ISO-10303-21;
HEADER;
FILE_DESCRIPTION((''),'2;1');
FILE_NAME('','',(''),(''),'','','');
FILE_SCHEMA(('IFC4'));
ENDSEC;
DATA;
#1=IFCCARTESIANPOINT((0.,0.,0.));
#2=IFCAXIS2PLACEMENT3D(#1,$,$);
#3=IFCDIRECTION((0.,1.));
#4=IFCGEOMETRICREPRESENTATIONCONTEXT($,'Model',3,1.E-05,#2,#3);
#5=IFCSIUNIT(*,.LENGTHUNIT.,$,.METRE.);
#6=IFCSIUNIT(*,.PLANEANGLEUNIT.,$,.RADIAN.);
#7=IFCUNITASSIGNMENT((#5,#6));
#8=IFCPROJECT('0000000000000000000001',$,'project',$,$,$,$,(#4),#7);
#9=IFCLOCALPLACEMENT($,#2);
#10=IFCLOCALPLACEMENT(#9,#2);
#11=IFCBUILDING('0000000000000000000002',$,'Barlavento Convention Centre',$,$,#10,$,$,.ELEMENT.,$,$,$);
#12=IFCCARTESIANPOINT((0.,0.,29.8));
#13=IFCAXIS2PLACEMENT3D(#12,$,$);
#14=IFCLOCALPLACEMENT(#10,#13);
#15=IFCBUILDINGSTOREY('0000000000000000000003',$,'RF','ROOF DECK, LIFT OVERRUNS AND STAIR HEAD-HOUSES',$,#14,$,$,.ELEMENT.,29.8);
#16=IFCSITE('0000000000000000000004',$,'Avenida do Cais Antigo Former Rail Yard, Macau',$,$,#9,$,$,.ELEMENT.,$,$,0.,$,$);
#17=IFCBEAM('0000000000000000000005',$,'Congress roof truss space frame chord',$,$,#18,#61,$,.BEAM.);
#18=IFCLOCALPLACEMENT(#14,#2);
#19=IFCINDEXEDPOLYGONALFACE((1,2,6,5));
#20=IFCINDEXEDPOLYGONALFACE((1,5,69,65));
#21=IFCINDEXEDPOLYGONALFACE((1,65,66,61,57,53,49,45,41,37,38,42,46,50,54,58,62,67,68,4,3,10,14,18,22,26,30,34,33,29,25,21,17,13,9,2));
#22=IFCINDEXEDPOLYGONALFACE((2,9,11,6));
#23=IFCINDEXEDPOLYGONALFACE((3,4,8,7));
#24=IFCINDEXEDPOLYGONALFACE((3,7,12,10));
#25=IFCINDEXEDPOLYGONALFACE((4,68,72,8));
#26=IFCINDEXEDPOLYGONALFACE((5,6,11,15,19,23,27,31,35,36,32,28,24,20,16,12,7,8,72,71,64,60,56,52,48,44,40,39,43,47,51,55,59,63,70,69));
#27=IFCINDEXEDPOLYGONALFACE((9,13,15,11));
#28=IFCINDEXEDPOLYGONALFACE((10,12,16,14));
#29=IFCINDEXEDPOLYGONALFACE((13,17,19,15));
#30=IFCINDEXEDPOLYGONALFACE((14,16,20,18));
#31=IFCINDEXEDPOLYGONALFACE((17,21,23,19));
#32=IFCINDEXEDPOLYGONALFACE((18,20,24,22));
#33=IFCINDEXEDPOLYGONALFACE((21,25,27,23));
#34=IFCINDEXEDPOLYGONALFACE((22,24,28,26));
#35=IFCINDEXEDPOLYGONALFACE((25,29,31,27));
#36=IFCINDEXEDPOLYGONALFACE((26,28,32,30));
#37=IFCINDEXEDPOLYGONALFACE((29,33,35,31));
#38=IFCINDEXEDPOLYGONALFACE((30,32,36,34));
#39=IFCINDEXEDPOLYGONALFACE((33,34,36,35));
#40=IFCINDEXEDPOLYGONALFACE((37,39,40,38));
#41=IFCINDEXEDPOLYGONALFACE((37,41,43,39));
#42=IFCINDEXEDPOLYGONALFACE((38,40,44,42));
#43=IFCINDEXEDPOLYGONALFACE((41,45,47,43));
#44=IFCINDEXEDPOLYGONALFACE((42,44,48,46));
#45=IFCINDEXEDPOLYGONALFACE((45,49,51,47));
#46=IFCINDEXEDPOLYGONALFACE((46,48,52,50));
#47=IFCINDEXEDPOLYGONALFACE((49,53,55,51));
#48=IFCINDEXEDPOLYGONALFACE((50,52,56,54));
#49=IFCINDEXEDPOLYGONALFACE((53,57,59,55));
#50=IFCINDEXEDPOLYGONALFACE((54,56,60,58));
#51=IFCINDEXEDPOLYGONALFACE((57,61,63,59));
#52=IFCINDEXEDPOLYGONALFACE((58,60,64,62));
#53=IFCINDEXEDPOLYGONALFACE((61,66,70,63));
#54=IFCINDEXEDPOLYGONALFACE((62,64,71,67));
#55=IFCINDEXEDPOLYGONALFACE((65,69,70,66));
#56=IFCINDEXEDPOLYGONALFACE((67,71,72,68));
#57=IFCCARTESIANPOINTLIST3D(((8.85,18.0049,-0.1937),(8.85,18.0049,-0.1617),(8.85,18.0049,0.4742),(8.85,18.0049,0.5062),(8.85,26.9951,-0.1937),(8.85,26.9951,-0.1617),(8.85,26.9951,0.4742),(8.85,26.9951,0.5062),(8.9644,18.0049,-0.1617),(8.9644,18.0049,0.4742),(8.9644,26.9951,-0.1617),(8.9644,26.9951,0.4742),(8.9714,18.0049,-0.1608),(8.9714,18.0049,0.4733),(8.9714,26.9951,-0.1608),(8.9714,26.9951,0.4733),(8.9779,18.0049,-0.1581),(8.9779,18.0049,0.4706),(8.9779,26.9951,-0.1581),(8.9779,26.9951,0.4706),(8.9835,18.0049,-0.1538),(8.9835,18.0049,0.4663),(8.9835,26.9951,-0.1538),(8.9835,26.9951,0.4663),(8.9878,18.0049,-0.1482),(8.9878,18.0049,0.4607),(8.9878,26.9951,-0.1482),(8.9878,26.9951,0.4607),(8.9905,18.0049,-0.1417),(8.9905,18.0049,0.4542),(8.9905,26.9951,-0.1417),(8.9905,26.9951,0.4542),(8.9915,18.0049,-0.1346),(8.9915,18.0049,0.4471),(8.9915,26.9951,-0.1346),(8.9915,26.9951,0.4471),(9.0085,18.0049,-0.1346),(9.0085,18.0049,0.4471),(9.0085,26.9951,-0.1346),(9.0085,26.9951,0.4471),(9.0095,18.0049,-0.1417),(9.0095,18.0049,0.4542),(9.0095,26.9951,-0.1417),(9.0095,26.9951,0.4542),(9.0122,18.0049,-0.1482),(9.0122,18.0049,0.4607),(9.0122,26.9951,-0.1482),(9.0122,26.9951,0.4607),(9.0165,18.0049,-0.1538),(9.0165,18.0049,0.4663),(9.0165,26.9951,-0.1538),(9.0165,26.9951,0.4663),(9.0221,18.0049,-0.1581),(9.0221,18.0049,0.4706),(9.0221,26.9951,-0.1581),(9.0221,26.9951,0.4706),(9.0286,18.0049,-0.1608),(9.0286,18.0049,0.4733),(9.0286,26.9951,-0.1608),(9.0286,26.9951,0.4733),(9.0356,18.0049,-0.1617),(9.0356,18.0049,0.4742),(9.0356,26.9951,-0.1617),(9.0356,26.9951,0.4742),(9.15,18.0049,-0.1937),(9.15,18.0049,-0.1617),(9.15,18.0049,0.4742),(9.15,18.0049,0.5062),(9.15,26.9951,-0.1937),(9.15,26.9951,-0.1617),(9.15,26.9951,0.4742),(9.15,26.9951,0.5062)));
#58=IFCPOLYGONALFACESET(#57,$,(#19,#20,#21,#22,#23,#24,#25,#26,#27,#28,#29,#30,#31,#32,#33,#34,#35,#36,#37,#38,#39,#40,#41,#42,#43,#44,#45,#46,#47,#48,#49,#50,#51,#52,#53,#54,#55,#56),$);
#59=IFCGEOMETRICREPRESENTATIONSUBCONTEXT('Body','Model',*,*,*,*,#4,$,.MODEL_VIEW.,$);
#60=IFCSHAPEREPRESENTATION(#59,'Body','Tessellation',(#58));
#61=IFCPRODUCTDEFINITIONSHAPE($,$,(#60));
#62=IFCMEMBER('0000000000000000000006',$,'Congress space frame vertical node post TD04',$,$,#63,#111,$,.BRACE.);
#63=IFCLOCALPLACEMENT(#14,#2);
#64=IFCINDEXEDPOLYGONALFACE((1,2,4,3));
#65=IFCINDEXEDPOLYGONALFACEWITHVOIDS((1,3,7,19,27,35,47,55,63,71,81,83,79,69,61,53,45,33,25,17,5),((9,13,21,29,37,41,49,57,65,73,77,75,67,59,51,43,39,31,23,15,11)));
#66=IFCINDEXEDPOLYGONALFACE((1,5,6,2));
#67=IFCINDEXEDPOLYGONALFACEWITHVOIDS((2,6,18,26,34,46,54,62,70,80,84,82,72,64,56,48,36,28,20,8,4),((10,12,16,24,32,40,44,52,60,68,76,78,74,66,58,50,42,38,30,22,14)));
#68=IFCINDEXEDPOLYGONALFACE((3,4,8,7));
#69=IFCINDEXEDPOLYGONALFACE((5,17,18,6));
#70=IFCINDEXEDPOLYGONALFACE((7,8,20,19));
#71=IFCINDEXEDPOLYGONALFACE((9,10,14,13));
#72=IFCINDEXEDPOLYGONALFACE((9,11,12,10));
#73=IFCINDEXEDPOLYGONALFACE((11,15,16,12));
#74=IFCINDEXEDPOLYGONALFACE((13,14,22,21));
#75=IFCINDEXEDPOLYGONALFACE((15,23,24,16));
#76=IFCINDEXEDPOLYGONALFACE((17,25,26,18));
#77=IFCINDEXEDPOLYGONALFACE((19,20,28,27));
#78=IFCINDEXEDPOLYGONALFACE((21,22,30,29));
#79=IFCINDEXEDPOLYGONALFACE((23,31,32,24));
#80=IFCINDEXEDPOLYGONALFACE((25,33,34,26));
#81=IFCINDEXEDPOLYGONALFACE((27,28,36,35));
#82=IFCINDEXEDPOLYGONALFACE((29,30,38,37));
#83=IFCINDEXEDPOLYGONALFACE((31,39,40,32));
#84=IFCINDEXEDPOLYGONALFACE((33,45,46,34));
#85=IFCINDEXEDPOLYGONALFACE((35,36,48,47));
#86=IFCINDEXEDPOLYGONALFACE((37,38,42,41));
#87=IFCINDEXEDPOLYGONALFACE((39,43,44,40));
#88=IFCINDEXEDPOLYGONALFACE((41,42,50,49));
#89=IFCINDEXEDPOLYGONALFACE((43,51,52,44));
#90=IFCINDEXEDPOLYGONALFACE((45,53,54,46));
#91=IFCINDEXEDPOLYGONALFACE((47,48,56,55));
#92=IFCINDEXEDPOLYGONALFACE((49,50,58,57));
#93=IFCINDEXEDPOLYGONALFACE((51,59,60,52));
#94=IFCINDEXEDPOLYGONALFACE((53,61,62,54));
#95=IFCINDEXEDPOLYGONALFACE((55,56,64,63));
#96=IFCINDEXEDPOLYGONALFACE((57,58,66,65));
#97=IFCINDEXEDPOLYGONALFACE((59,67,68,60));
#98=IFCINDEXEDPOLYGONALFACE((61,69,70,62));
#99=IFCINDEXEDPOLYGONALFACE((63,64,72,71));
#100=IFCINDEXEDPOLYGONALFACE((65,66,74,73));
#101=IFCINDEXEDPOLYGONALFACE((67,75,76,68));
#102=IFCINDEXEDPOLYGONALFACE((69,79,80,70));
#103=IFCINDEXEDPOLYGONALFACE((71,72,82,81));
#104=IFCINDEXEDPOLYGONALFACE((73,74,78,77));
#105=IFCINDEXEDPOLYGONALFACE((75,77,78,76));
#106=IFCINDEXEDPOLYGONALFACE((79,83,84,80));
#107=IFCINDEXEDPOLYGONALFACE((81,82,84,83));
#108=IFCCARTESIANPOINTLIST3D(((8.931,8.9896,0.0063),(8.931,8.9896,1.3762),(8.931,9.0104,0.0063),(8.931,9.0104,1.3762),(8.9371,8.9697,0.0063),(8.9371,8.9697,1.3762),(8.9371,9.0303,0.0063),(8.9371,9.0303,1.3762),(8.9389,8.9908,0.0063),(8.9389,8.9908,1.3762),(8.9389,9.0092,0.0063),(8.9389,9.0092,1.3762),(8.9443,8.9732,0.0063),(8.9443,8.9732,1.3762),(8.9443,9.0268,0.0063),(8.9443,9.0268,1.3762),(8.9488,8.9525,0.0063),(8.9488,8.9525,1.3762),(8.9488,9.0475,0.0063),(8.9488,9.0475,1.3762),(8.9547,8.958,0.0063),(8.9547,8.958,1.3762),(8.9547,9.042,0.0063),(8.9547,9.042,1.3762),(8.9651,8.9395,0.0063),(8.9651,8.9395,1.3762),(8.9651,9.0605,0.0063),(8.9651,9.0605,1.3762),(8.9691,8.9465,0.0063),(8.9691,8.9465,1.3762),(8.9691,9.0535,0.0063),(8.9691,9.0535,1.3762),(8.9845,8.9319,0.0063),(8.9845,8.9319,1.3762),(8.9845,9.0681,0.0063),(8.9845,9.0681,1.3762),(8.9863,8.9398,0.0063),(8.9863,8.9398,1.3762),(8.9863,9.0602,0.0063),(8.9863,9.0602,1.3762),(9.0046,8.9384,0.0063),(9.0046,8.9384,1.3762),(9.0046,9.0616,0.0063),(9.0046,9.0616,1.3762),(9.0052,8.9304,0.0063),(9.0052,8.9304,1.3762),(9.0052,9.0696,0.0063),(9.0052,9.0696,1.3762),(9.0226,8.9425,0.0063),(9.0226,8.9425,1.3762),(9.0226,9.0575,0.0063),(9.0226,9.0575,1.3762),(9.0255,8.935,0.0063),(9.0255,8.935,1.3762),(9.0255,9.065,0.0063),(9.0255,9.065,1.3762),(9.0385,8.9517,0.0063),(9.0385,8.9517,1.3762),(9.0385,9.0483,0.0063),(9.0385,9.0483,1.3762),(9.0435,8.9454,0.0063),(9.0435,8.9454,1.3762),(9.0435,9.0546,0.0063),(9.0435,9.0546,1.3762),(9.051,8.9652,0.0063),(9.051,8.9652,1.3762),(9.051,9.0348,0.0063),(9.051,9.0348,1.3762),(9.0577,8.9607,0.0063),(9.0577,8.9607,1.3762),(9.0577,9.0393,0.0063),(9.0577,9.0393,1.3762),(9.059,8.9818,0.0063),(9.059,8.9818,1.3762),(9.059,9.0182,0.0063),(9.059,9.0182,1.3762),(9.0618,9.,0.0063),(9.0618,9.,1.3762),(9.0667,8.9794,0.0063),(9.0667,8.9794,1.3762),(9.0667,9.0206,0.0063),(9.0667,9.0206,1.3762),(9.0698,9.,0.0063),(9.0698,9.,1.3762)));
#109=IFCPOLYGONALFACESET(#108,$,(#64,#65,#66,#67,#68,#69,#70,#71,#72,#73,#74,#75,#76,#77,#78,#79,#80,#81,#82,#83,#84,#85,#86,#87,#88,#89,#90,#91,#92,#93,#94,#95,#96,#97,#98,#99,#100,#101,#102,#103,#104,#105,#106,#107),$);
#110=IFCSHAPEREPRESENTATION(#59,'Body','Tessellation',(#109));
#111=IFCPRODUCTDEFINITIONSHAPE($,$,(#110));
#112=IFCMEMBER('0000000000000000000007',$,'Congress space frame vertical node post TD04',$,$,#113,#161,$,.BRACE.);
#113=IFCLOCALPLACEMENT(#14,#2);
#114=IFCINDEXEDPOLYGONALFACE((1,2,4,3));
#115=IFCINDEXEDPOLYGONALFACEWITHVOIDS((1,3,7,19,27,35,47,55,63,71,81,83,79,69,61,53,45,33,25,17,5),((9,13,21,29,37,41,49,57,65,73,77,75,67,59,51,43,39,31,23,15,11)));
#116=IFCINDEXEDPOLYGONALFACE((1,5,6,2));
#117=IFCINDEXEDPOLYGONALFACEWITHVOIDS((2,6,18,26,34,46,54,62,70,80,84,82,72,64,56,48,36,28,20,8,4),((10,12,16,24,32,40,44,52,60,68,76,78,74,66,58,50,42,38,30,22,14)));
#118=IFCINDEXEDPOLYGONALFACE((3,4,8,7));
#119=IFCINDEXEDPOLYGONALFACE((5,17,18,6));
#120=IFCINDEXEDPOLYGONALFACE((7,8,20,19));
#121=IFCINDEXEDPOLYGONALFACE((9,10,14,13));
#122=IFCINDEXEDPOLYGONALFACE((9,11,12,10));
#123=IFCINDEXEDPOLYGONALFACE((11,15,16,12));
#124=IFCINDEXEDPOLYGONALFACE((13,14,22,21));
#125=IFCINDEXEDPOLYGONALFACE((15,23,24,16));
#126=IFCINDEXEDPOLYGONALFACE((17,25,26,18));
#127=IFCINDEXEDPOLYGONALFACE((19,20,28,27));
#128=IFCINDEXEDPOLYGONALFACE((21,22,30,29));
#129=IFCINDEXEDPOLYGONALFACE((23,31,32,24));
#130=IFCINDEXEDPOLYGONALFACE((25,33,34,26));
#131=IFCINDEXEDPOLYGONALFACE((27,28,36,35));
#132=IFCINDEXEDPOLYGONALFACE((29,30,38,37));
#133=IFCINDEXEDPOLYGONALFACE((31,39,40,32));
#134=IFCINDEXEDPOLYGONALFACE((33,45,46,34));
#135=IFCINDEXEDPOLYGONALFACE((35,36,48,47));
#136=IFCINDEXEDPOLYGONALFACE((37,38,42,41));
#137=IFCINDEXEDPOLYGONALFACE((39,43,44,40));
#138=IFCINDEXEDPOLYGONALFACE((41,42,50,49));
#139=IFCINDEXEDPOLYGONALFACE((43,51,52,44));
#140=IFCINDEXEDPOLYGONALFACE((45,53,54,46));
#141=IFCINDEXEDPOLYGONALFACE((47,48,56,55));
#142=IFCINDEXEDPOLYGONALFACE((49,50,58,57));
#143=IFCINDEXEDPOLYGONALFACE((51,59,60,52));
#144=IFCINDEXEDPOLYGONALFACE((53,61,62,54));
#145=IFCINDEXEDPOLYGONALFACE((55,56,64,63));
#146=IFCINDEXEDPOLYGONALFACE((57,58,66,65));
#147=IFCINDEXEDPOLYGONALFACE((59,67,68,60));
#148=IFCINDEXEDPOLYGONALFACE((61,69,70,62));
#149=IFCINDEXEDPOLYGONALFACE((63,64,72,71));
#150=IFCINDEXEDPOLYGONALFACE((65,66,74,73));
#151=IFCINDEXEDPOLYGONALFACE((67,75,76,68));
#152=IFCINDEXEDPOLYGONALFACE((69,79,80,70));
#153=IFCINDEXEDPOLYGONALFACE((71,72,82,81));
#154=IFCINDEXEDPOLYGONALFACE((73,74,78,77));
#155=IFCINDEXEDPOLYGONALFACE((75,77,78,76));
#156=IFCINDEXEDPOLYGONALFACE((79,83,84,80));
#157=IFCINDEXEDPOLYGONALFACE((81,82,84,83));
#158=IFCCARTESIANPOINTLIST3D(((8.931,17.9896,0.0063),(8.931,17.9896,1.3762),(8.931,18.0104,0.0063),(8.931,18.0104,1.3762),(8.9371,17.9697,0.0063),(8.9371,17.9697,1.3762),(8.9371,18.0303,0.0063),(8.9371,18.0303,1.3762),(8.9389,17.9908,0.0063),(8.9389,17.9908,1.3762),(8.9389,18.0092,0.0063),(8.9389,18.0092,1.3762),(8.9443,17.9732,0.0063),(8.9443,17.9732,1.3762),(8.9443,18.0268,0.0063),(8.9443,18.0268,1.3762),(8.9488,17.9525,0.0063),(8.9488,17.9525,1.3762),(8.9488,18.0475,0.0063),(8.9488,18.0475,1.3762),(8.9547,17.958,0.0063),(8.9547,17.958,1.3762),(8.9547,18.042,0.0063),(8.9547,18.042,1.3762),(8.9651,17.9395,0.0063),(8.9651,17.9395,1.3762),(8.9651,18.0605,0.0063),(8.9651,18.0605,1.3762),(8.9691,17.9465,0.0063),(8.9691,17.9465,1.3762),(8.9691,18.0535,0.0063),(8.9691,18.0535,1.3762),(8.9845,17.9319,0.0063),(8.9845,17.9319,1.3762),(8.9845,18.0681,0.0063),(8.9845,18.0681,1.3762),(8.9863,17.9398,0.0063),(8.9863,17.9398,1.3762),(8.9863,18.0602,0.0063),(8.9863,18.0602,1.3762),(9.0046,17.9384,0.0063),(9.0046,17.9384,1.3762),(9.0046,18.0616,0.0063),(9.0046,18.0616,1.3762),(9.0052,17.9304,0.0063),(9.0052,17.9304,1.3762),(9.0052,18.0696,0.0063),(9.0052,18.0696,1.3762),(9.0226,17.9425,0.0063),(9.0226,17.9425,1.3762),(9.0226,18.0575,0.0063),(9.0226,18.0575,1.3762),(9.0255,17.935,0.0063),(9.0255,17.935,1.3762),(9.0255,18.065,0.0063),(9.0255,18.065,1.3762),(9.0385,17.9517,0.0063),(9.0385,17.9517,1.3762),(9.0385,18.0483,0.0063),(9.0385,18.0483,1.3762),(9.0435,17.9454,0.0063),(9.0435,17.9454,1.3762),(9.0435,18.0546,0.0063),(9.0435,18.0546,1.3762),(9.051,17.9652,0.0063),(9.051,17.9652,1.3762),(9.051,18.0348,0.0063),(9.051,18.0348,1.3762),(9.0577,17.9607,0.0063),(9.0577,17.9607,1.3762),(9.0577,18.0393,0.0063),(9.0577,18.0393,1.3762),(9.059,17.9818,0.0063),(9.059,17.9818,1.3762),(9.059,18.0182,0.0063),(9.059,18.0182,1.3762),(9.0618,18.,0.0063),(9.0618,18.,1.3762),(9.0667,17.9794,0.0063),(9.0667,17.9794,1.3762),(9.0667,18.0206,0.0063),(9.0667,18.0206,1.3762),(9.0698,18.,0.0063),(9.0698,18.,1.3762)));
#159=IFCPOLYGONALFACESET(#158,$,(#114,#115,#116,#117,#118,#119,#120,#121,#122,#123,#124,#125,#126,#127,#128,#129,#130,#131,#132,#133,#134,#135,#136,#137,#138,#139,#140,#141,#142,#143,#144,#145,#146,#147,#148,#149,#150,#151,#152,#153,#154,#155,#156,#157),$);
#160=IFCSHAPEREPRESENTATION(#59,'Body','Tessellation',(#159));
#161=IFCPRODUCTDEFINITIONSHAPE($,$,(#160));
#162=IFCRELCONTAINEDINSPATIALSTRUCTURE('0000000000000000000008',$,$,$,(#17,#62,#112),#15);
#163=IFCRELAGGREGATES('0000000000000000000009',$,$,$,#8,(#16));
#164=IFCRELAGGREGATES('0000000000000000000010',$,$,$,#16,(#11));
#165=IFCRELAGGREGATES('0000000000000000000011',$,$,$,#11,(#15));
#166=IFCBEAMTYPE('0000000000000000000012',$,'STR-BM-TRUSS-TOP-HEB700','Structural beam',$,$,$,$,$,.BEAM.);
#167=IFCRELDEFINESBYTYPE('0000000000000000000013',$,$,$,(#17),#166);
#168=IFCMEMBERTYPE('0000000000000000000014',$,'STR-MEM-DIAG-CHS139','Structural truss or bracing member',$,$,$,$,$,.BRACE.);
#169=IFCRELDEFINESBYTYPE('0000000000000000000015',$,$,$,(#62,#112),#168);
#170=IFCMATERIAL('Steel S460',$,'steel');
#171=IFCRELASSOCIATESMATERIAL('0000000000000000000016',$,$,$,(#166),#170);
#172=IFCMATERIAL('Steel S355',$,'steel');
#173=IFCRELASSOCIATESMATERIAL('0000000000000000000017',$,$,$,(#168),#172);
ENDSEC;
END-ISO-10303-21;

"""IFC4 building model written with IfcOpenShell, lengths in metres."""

from ifc_helpers import new_model, si_unit, direction, frame, origin, origin_2d, place, context, subcontext, project, spatial, hollow_circle, i_section, extrude, material, material_profile, profile_set, type_object, element, save


model = new_model("IFC4")

# Units and contexts
model_context = context("Model", 3, precision=1e-05, world=origin(), true_north=direction((0.0, 1.0)))
body_context = subcontext(model_context, "Body", "Model", "MODEL_VIEW")
ifc_project = project(units=[si_unit("LENGTHUNIT", "METRE"), si_unit("PLANEANGLEUNIT", "RADIAN")], contexts=[model_context])

# Site, building, storey
site_placement = place(None, origin())
site = spatial("IfcSite", under=ifc_project, at=site_placement, Name="Avenida do Cais Antigo Former Rail Yard, Macau", CompositionType="ELEMENT", RefElevation=0.0)
building_placement = place(site_placement, origin())
building = spatial("IfcBuilding", under=site, at=building_placement, Name="Barlavento Convention Centre", CompositionType="ELEMENT")
storey_placement = place(building_placement, frame((0.0, 0.0, 29.8)))
storey = spatial("IfcBuildingStorey", under=building, at=storey_placement, Name="RF", Description="ROOF DECK, LIFT OVERRUNS AND STAIR HEAD-HOUSES", CompositionType="ELEMENT", Elevation=29.8)

# Beam
ifc_material_1 = material(Name="Steel S460", Category="steel")
ifc_material_profile_1 = material_profile(ifc_material_1, i_section(OverallWidth=0.3, OverallDepth=0.7, WebThickness=0.0171, FlangeThickness=0.032, FilletRadius=0.0271, at=origin_2d()), Name="HEB 700")
ifc_profile_set_1 = profile_set([ifc_material_profile_1], Name="Steel S460")
beam_type = type_object("IfcBeamType", Name="STR-BM-TRUSS-TOP-HEB700", Description="Structural beam", PredefinedType="BEAM", material=ifc_profile_set_1)
beam_placement = place(storey_placement, frame((9.0, 18.0049, 0.1562), z_axis=(0.0, 1.0, 0.0), x_axis=(-1.0, 0.0, 0.0)))
element("IfcBeam", 1, at=beam_placement, inside=storey, type_object=beam_type, Name="Congress roof truss space frame chord", PredefinedType="BEAM", context=body_context, shape_type="SweptSolid", body=[
    extrude(i_section(OverallWidth=0.3, OverallDepth=0.7, WebThickness=0.0171, FlangeThickness=0.032, FilletRadius=0.0271, at=origin_2d()), origin(), (0.0, 0.0, 1.0), 8.9902),
])

# Members
ifc_material_2 = material(Name="Steel S355", Category="steel")
ifc_material_profile_2 = material_profile(ifc_material_2, hollow_circle(Radius=0.0698, WallThickness=0.0081, at=origin_2d()), Name="CHS 139.7x8.0")
ifc_profile_set_2 = profile_set([ifc_material_profile_2], Name="Steel S355")
member_type_1 = type_object("IfcMemberType", Name="STR-MEM-DIAG-CHS139", Description="Structural truss or bracing member", PredefinedType="BRACE", material=ifc_profile_set_2)
for number, where, z_axis, x_axis, name in (
    (2, (9.0, 9.0, 0.0063), (0.0, 0.0, 1.0), (1.0, 0.0, 0.0), "Congress space frame vertical node post TD04"),
    (3, (9.0, 18.0, 0.0063), (0.0, 0.0, 1.0), (1.0, 0.0, 0.0), "Congress space frame vertical node post TD04"),
):
    element("IfcMember", number, at=place(storey_placement, frame(where, z_axis=z_axis, x_axis=x_axis)), inside=storey, type_object=member_type_1, Name=name, PredefinedType="BRACE", context=body_context, shape_type="SweptSolid", body=[
        extrude(hollow_circle(Radius=0.0698, WallThickness=0.0081, at=origin_2d()), origin(), (0.0, 0.0, 1.0), 1.3699),
    ])

save(model, "model.ifc")
